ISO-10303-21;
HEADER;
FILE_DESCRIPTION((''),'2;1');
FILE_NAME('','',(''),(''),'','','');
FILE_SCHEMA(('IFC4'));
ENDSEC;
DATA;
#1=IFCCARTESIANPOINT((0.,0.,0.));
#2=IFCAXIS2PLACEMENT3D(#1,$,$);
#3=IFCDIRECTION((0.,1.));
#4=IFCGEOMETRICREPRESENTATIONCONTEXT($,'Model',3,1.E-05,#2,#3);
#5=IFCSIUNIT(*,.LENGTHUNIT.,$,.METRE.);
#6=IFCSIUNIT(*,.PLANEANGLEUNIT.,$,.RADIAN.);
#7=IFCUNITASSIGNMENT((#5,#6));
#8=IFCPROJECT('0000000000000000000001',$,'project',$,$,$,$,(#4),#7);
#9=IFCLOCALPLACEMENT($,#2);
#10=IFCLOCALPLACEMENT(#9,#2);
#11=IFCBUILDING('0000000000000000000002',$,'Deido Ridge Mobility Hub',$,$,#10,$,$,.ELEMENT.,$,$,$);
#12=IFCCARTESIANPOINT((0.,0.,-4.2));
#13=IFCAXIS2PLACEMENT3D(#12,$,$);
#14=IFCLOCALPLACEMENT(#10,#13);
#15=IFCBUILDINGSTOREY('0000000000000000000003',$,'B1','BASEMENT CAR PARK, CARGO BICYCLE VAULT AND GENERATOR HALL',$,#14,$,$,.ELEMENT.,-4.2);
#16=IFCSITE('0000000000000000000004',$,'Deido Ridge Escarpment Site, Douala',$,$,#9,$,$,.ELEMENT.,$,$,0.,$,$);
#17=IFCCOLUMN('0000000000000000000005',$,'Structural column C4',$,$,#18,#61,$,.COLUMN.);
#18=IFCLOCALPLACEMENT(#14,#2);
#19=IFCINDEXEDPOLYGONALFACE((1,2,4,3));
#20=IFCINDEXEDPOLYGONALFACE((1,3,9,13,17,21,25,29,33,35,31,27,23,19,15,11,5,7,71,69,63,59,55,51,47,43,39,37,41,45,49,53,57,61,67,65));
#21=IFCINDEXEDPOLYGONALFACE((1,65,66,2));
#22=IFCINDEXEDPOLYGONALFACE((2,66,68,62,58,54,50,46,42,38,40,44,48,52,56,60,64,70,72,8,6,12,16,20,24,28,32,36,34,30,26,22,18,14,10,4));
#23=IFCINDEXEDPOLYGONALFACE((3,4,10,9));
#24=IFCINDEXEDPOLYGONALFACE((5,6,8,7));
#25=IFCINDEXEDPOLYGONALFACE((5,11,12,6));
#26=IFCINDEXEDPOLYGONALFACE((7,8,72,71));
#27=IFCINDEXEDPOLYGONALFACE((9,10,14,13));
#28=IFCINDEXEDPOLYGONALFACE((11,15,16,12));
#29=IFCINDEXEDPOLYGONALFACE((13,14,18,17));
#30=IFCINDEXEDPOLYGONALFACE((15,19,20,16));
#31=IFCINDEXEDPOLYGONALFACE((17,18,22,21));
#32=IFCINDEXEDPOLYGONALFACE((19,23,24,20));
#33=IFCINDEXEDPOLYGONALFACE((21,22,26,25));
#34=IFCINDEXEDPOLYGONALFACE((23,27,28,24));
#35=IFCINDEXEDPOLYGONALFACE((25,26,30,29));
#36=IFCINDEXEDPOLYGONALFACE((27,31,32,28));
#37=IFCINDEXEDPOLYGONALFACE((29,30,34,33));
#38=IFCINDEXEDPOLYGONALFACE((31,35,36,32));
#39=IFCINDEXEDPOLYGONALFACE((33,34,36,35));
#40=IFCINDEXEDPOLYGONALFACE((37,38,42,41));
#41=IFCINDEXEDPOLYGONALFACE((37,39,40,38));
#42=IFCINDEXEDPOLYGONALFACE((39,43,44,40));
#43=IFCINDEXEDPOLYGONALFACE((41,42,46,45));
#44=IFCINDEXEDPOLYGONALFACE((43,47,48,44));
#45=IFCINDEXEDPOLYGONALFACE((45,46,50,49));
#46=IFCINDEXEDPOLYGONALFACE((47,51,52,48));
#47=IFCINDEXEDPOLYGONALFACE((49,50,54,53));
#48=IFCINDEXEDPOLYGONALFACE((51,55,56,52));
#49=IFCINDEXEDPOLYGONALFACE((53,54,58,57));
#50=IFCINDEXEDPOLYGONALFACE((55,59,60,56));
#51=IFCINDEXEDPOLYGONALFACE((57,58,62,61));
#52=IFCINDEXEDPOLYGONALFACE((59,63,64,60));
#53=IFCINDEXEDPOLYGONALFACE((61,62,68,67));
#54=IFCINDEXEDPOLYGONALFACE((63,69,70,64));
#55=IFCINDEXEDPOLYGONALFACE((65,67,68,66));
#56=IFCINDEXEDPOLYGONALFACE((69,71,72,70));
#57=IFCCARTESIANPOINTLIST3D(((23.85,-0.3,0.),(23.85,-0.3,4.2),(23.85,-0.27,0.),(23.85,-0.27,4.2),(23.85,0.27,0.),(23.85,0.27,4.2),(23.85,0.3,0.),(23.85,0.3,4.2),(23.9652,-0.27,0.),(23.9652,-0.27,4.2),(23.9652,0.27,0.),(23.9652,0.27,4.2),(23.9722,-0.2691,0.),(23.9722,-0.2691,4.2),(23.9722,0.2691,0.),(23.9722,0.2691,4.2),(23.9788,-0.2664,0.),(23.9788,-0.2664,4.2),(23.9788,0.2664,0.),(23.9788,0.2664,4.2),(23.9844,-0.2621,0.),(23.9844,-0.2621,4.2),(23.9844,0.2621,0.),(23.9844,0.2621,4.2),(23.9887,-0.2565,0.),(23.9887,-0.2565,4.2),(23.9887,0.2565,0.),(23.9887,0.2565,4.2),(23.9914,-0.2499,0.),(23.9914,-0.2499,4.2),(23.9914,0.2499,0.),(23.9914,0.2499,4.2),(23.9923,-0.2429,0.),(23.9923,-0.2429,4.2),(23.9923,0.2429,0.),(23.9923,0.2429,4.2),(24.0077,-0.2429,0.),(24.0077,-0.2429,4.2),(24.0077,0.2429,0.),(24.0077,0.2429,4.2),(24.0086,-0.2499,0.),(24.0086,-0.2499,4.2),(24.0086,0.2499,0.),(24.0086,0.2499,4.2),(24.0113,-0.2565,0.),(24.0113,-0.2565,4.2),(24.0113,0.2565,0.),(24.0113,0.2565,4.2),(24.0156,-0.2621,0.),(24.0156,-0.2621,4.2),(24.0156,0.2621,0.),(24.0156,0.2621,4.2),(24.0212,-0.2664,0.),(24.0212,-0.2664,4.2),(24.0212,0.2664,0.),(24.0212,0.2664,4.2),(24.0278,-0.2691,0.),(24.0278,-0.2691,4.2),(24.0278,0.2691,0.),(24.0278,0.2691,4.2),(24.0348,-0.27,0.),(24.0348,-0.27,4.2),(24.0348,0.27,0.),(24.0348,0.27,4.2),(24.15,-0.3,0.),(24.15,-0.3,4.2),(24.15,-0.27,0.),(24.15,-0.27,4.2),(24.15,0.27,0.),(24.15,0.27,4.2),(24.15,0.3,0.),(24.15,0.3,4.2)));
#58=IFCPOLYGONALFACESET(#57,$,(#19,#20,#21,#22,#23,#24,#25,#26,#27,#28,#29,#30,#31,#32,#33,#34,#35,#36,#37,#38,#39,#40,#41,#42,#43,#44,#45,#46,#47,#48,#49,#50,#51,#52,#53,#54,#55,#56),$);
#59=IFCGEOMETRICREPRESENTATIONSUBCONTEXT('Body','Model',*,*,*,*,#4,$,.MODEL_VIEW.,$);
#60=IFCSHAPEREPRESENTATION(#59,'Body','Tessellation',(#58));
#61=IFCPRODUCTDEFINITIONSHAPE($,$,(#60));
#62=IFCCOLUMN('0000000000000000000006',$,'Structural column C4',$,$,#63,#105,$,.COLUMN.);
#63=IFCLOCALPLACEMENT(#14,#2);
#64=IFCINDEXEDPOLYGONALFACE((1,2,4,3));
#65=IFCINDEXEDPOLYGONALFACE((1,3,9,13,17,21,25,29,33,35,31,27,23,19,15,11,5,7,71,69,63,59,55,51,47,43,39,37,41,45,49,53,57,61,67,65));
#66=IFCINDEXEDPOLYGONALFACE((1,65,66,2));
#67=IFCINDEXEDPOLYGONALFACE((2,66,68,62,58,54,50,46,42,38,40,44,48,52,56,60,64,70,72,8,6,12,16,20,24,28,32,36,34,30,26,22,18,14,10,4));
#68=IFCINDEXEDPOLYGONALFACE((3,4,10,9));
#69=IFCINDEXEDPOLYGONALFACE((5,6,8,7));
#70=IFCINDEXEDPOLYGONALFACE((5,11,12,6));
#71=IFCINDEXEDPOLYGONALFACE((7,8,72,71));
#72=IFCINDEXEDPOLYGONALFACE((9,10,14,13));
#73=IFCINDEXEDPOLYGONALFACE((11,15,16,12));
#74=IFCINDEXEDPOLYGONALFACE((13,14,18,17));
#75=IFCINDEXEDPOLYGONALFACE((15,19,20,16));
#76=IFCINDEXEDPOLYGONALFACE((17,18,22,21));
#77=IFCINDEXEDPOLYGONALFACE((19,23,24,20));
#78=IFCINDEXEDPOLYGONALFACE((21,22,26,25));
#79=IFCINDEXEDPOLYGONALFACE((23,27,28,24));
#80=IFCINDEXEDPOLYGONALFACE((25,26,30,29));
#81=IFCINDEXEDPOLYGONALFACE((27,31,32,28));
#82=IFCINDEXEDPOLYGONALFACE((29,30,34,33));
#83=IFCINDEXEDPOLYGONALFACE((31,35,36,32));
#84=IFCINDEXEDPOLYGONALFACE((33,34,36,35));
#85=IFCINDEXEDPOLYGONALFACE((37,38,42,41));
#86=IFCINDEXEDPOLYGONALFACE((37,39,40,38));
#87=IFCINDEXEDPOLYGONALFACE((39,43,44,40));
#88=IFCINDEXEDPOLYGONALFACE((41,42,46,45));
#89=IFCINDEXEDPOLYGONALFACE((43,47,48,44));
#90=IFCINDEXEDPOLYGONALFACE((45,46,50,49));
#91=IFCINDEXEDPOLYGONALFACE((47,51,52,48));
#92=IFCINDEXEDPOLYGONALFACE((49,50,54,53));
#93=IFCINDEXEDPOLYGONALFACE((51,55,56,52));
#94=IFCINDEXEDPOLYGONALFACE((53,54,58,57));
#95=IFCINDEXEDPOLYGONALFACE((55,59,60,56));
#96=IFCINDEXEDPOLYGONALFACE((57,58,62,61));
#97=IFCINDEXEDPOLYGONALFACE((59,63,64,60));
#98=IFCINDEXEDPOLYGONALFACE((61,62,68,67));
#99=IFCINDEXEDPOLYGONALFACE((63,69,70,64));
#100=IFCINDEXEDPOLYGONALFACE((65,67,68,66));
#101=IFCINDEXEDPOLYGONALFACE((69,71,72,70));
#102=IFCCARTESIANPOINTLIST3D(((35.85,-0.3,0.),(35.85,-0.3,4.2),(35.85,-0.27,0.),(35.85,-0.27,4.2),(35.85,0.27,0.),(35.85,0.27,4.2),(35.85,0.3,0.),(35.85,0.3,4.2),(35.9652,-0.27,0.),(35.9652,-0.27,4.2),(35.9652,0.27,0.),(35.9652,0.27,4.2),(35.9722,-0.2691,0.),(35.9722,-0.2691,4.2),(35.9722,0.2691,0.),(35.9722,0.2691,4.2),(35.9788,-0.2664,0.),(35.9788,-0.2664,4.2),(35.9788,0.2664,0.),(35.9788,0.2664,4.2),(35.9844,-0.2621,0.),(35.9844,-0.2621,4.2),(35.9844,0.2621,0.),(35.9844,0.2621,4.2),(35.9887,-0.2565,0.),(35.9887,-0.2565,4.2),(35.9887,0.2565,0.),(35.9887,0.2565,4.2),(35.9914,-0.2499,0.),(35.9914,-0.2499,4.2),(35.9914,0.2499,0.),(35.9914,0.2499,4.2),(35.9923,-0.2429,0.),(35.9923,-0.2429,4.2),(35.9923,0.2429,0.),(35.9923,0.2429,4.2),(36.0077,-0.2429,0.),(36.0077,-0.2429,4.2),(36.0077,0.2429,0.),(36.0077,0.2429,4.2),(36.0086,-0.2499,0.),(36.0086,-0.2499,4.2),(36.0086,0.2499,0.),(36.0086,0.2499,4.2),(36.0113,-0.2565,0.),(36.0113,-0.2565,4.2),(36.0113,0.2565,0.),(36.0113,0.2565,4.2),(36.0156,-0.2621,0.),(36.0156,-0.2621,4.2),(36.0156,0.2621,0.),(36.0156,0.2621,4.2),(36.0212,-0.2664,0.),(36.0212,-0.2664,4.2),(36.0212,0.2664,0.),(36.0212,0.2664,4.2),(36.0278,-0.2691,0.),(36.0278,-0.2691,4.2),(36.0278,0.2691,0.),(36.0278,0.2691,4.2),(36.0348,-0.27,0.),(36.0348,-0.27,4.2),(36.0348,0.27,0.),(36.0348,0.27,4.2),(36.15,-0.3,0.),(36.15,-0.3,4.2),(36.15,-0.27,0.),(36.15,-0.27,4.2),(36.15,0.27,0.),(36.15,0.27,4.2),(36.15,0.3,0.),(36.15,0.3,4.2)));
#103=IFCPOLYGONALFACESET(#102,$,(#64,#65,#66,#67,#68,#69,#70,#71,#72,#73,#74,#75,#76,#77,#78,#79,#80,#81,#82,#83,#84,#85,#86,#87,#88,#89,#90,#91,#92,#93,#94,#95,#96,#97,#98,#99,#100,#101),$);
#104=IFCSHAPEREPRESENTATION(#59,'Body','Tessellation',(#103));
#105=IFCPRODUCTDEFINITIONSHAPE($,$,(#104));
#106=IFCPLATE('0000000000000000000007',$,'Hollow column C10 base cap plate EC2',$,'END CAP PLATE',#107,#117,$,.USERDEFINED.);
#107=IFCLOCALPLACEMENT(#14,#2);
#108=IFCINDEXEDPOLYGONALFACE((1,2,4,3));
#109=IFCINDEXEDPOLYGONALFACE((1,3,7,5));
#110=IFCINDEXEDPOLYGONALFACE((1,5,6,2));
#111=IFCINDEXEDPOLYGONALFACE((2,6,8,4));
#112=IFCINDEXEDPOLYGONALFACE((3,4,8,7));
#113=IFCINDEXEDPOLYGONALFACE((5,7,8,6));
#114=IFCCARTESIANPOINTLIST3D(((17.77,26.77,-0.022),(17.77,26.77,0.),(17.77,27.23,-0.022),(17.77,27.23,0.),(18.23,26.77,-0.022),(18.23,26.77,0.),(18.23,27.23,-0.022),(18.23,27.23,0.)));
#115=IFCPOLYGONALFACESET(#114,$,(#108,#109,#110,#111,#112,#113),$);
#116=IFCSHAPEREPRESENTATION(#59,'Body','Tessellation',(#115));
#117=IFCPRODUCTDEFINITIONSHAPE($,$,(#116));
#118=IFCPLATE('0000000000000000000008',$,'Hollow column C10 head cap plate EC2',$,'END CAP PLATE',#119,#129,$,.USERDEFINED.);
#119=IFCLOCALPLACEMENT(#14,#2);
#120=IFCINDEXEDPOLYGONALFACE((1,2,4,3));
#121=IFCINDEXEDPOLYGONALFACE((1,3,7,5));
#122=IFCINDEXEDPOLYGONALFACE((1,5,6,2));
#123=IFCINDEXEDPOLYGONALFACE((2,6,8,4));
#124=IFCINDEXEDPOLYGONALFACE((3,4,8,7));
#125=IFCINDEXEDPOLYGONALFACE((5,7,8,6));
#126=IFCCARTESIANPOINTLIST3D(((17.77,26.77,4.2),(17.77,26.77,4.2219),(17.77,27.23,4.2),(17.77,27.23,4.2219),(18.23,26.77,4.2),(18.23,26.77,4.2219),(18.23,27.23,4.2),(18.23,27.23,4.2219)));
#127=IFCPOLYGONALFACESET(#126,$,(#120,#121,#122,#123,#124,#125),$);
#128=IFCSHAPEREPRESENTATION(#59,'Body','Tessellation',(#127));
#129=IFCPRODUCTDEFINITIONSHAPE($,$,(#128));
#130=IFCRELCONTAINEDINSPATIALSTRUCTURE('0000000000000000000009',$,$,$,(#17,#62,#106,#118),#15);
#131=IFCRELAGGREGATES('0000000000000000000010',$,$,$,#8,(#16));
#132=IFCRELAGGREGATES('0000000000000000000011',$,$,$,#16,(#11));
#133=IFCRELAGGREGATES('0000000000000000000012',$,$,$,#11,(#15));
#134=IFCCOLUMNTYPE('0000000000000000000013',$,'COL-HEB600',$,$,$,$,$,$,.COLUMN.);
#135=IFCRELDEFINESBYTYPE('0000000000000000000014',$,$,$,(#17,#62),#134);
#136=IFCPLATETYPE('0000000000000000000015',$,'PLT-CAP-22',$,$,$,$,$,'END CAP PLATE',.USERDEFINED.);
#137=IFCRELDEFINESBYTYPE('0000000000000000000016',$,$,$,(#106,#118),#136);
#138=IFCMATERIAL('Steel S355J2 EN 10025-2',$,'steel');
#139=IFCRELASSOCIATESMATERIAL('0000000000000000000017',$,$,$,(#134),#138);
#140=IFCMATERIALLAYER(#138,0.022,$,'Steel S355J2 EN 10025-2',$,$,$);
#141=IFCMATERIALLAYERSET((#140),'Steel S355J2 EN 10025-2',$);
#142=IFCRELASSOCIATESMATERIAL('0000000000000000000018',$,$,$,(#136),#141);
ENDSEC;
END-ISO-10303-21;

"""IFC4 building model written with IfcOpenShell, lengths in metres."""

from ifc_helpers import new_model, si_unit, direction, frame, origin, origin_2d, place, context, subcontext, project, spatial, rectangle, i_section, extrude, material, layer, layer_set, material_profile, profile_set, type_object, element, save


model = new_model("IFC4")

# Units and contexts
model_context = context("Model", 3, precision=1e-05, world=origin(), true_north=direction((0.0, 1.0)))
body_context = subcontext(model_context, "Body", "Model", "MODEL_VIEW")
ifc_project = project(units=[si_unit("LENGTHUNIT", "METRE"), si_unit("PLANEANGLEUNIT", "RADIAN")], contexts=[model_context])

# Site, building, storey
site_placement = place(None, origin())
site = spatial("IfcSite", under=ifc_project, at=site_placement, Name="Deido Ridge Escarpment Site, Douala", CompositionType="ELEMENT", RefElevation=0.0)
building_placement = place(site_placement, origin())
building = spatial("IfcBuilding", under=site, at=building_placement, Name="Deido Ridge Mobility Hub", CompositionType="ELEMENT")
storey_placement = place(building_placement, frame((0.0, 0.0, -4.2)))
storey = spatial("IfcBuildingStorey", under=building, at=storey_placement, Name="B1", Description="BASEMENT CAR PARK, CARGO BICYCLE VAULT AND GENERATOR HALL", CompositionType="ELEMENT", Elevation=-4.2)

# Columns
ifc_material_1 = material(Name="Steel S355J2 EN 10025-2", Category="steel")
ifc_material_profile_1 = material_profile(ifc_material_1, i_section(OverallWidth=0.3, OverallDepth=0.6001, WebThickness=0.0154, FlangeThickness=0.03, FilletRadius=0.0271, at=origin_2d()), Name="HEB 600")
ifc_profile_set_1 = profile_set([ifc_material_profile_1], Name="Steel S355J2 EN 10025-2")
column_type_1 = type_object("IfcColumnType", Name="COL-HEB600", PredefinedType="COLUMN", material=ifc_profile_set_1)
for number, where, z_axis, x_axis, name in (
    (1, (24.0, 0.0, 0.0), (0.0, 0.0, 1.0), (1.0, 0.0, 0.0), "Structural column C4"),
    (2, (36.0, 0.0, 0.0), (0.0, 0.0, 1.0), (1.0, 0.0, 0.0), "Structural column C4"),
):
    element("IfcColumn", number, at=place(storey_placement, frame(where, z_axis=z_axis, x_axis=x_axis)), inside=storey, type_object=column_type_1, Name=name, PredefinedType="COLUMN", context=body_context, shape_type="SweptSolid", body=[
        extrude(i_section(OverallWidth=0.3, OverallDepth=0.6001, WebThickness=0.0154, FlangeThickness=0.03, FilletRadius=0.0271, at=origin_2d()), origin(), (0.0, 0.0, 1.0), 4.2),
    ])

# Plates
ifc_layer = layer(ifc_material_1, 0.022, Name="Steel S355J2 EN 10025-2")
ifc_layer_set = layer_set([ifc_layer], Name="Steel S355J2 EN 10025-2")
plate_type = type_object("IfcPlateType", Name="PLT-CAP-22", ElementType="END CAP PLATE", PredefinedType="USERDEFINED", material=ifc_layer_set)
for number, where, z_axis, x_axis, name in (
    (3, (18.0, 27.0, -0.022), (0.0, 0.0, 1.0), (1.0, 0.0, 0.0), "Hollow column C10 base cap plate EC2"),
    (4, (18.0, 27.0, 4.2), (0.0, 0.0, 1.0), (1.0, 0.0, 0.0), "Hollow column C10 head cap plate EC2"),
):
    element("IfcPlate", number, at=place(storey_placement, frame(where, z_axis=z_axis, x_axis=x_axis)), inside=storey, type_object=plate_type, Name=name, ObjectType="END CAP PLATE", PredefinedType="USERDEFINED", context=body_context, shape_type="SweptSolid", body=[
        extrude(rectangle(XDim=0.46, YDim=0.46, at=origin_2d()), origin(), (0.0, 0.0, 1.0), 0.022),
    ])

save(model, "model.ifc")
